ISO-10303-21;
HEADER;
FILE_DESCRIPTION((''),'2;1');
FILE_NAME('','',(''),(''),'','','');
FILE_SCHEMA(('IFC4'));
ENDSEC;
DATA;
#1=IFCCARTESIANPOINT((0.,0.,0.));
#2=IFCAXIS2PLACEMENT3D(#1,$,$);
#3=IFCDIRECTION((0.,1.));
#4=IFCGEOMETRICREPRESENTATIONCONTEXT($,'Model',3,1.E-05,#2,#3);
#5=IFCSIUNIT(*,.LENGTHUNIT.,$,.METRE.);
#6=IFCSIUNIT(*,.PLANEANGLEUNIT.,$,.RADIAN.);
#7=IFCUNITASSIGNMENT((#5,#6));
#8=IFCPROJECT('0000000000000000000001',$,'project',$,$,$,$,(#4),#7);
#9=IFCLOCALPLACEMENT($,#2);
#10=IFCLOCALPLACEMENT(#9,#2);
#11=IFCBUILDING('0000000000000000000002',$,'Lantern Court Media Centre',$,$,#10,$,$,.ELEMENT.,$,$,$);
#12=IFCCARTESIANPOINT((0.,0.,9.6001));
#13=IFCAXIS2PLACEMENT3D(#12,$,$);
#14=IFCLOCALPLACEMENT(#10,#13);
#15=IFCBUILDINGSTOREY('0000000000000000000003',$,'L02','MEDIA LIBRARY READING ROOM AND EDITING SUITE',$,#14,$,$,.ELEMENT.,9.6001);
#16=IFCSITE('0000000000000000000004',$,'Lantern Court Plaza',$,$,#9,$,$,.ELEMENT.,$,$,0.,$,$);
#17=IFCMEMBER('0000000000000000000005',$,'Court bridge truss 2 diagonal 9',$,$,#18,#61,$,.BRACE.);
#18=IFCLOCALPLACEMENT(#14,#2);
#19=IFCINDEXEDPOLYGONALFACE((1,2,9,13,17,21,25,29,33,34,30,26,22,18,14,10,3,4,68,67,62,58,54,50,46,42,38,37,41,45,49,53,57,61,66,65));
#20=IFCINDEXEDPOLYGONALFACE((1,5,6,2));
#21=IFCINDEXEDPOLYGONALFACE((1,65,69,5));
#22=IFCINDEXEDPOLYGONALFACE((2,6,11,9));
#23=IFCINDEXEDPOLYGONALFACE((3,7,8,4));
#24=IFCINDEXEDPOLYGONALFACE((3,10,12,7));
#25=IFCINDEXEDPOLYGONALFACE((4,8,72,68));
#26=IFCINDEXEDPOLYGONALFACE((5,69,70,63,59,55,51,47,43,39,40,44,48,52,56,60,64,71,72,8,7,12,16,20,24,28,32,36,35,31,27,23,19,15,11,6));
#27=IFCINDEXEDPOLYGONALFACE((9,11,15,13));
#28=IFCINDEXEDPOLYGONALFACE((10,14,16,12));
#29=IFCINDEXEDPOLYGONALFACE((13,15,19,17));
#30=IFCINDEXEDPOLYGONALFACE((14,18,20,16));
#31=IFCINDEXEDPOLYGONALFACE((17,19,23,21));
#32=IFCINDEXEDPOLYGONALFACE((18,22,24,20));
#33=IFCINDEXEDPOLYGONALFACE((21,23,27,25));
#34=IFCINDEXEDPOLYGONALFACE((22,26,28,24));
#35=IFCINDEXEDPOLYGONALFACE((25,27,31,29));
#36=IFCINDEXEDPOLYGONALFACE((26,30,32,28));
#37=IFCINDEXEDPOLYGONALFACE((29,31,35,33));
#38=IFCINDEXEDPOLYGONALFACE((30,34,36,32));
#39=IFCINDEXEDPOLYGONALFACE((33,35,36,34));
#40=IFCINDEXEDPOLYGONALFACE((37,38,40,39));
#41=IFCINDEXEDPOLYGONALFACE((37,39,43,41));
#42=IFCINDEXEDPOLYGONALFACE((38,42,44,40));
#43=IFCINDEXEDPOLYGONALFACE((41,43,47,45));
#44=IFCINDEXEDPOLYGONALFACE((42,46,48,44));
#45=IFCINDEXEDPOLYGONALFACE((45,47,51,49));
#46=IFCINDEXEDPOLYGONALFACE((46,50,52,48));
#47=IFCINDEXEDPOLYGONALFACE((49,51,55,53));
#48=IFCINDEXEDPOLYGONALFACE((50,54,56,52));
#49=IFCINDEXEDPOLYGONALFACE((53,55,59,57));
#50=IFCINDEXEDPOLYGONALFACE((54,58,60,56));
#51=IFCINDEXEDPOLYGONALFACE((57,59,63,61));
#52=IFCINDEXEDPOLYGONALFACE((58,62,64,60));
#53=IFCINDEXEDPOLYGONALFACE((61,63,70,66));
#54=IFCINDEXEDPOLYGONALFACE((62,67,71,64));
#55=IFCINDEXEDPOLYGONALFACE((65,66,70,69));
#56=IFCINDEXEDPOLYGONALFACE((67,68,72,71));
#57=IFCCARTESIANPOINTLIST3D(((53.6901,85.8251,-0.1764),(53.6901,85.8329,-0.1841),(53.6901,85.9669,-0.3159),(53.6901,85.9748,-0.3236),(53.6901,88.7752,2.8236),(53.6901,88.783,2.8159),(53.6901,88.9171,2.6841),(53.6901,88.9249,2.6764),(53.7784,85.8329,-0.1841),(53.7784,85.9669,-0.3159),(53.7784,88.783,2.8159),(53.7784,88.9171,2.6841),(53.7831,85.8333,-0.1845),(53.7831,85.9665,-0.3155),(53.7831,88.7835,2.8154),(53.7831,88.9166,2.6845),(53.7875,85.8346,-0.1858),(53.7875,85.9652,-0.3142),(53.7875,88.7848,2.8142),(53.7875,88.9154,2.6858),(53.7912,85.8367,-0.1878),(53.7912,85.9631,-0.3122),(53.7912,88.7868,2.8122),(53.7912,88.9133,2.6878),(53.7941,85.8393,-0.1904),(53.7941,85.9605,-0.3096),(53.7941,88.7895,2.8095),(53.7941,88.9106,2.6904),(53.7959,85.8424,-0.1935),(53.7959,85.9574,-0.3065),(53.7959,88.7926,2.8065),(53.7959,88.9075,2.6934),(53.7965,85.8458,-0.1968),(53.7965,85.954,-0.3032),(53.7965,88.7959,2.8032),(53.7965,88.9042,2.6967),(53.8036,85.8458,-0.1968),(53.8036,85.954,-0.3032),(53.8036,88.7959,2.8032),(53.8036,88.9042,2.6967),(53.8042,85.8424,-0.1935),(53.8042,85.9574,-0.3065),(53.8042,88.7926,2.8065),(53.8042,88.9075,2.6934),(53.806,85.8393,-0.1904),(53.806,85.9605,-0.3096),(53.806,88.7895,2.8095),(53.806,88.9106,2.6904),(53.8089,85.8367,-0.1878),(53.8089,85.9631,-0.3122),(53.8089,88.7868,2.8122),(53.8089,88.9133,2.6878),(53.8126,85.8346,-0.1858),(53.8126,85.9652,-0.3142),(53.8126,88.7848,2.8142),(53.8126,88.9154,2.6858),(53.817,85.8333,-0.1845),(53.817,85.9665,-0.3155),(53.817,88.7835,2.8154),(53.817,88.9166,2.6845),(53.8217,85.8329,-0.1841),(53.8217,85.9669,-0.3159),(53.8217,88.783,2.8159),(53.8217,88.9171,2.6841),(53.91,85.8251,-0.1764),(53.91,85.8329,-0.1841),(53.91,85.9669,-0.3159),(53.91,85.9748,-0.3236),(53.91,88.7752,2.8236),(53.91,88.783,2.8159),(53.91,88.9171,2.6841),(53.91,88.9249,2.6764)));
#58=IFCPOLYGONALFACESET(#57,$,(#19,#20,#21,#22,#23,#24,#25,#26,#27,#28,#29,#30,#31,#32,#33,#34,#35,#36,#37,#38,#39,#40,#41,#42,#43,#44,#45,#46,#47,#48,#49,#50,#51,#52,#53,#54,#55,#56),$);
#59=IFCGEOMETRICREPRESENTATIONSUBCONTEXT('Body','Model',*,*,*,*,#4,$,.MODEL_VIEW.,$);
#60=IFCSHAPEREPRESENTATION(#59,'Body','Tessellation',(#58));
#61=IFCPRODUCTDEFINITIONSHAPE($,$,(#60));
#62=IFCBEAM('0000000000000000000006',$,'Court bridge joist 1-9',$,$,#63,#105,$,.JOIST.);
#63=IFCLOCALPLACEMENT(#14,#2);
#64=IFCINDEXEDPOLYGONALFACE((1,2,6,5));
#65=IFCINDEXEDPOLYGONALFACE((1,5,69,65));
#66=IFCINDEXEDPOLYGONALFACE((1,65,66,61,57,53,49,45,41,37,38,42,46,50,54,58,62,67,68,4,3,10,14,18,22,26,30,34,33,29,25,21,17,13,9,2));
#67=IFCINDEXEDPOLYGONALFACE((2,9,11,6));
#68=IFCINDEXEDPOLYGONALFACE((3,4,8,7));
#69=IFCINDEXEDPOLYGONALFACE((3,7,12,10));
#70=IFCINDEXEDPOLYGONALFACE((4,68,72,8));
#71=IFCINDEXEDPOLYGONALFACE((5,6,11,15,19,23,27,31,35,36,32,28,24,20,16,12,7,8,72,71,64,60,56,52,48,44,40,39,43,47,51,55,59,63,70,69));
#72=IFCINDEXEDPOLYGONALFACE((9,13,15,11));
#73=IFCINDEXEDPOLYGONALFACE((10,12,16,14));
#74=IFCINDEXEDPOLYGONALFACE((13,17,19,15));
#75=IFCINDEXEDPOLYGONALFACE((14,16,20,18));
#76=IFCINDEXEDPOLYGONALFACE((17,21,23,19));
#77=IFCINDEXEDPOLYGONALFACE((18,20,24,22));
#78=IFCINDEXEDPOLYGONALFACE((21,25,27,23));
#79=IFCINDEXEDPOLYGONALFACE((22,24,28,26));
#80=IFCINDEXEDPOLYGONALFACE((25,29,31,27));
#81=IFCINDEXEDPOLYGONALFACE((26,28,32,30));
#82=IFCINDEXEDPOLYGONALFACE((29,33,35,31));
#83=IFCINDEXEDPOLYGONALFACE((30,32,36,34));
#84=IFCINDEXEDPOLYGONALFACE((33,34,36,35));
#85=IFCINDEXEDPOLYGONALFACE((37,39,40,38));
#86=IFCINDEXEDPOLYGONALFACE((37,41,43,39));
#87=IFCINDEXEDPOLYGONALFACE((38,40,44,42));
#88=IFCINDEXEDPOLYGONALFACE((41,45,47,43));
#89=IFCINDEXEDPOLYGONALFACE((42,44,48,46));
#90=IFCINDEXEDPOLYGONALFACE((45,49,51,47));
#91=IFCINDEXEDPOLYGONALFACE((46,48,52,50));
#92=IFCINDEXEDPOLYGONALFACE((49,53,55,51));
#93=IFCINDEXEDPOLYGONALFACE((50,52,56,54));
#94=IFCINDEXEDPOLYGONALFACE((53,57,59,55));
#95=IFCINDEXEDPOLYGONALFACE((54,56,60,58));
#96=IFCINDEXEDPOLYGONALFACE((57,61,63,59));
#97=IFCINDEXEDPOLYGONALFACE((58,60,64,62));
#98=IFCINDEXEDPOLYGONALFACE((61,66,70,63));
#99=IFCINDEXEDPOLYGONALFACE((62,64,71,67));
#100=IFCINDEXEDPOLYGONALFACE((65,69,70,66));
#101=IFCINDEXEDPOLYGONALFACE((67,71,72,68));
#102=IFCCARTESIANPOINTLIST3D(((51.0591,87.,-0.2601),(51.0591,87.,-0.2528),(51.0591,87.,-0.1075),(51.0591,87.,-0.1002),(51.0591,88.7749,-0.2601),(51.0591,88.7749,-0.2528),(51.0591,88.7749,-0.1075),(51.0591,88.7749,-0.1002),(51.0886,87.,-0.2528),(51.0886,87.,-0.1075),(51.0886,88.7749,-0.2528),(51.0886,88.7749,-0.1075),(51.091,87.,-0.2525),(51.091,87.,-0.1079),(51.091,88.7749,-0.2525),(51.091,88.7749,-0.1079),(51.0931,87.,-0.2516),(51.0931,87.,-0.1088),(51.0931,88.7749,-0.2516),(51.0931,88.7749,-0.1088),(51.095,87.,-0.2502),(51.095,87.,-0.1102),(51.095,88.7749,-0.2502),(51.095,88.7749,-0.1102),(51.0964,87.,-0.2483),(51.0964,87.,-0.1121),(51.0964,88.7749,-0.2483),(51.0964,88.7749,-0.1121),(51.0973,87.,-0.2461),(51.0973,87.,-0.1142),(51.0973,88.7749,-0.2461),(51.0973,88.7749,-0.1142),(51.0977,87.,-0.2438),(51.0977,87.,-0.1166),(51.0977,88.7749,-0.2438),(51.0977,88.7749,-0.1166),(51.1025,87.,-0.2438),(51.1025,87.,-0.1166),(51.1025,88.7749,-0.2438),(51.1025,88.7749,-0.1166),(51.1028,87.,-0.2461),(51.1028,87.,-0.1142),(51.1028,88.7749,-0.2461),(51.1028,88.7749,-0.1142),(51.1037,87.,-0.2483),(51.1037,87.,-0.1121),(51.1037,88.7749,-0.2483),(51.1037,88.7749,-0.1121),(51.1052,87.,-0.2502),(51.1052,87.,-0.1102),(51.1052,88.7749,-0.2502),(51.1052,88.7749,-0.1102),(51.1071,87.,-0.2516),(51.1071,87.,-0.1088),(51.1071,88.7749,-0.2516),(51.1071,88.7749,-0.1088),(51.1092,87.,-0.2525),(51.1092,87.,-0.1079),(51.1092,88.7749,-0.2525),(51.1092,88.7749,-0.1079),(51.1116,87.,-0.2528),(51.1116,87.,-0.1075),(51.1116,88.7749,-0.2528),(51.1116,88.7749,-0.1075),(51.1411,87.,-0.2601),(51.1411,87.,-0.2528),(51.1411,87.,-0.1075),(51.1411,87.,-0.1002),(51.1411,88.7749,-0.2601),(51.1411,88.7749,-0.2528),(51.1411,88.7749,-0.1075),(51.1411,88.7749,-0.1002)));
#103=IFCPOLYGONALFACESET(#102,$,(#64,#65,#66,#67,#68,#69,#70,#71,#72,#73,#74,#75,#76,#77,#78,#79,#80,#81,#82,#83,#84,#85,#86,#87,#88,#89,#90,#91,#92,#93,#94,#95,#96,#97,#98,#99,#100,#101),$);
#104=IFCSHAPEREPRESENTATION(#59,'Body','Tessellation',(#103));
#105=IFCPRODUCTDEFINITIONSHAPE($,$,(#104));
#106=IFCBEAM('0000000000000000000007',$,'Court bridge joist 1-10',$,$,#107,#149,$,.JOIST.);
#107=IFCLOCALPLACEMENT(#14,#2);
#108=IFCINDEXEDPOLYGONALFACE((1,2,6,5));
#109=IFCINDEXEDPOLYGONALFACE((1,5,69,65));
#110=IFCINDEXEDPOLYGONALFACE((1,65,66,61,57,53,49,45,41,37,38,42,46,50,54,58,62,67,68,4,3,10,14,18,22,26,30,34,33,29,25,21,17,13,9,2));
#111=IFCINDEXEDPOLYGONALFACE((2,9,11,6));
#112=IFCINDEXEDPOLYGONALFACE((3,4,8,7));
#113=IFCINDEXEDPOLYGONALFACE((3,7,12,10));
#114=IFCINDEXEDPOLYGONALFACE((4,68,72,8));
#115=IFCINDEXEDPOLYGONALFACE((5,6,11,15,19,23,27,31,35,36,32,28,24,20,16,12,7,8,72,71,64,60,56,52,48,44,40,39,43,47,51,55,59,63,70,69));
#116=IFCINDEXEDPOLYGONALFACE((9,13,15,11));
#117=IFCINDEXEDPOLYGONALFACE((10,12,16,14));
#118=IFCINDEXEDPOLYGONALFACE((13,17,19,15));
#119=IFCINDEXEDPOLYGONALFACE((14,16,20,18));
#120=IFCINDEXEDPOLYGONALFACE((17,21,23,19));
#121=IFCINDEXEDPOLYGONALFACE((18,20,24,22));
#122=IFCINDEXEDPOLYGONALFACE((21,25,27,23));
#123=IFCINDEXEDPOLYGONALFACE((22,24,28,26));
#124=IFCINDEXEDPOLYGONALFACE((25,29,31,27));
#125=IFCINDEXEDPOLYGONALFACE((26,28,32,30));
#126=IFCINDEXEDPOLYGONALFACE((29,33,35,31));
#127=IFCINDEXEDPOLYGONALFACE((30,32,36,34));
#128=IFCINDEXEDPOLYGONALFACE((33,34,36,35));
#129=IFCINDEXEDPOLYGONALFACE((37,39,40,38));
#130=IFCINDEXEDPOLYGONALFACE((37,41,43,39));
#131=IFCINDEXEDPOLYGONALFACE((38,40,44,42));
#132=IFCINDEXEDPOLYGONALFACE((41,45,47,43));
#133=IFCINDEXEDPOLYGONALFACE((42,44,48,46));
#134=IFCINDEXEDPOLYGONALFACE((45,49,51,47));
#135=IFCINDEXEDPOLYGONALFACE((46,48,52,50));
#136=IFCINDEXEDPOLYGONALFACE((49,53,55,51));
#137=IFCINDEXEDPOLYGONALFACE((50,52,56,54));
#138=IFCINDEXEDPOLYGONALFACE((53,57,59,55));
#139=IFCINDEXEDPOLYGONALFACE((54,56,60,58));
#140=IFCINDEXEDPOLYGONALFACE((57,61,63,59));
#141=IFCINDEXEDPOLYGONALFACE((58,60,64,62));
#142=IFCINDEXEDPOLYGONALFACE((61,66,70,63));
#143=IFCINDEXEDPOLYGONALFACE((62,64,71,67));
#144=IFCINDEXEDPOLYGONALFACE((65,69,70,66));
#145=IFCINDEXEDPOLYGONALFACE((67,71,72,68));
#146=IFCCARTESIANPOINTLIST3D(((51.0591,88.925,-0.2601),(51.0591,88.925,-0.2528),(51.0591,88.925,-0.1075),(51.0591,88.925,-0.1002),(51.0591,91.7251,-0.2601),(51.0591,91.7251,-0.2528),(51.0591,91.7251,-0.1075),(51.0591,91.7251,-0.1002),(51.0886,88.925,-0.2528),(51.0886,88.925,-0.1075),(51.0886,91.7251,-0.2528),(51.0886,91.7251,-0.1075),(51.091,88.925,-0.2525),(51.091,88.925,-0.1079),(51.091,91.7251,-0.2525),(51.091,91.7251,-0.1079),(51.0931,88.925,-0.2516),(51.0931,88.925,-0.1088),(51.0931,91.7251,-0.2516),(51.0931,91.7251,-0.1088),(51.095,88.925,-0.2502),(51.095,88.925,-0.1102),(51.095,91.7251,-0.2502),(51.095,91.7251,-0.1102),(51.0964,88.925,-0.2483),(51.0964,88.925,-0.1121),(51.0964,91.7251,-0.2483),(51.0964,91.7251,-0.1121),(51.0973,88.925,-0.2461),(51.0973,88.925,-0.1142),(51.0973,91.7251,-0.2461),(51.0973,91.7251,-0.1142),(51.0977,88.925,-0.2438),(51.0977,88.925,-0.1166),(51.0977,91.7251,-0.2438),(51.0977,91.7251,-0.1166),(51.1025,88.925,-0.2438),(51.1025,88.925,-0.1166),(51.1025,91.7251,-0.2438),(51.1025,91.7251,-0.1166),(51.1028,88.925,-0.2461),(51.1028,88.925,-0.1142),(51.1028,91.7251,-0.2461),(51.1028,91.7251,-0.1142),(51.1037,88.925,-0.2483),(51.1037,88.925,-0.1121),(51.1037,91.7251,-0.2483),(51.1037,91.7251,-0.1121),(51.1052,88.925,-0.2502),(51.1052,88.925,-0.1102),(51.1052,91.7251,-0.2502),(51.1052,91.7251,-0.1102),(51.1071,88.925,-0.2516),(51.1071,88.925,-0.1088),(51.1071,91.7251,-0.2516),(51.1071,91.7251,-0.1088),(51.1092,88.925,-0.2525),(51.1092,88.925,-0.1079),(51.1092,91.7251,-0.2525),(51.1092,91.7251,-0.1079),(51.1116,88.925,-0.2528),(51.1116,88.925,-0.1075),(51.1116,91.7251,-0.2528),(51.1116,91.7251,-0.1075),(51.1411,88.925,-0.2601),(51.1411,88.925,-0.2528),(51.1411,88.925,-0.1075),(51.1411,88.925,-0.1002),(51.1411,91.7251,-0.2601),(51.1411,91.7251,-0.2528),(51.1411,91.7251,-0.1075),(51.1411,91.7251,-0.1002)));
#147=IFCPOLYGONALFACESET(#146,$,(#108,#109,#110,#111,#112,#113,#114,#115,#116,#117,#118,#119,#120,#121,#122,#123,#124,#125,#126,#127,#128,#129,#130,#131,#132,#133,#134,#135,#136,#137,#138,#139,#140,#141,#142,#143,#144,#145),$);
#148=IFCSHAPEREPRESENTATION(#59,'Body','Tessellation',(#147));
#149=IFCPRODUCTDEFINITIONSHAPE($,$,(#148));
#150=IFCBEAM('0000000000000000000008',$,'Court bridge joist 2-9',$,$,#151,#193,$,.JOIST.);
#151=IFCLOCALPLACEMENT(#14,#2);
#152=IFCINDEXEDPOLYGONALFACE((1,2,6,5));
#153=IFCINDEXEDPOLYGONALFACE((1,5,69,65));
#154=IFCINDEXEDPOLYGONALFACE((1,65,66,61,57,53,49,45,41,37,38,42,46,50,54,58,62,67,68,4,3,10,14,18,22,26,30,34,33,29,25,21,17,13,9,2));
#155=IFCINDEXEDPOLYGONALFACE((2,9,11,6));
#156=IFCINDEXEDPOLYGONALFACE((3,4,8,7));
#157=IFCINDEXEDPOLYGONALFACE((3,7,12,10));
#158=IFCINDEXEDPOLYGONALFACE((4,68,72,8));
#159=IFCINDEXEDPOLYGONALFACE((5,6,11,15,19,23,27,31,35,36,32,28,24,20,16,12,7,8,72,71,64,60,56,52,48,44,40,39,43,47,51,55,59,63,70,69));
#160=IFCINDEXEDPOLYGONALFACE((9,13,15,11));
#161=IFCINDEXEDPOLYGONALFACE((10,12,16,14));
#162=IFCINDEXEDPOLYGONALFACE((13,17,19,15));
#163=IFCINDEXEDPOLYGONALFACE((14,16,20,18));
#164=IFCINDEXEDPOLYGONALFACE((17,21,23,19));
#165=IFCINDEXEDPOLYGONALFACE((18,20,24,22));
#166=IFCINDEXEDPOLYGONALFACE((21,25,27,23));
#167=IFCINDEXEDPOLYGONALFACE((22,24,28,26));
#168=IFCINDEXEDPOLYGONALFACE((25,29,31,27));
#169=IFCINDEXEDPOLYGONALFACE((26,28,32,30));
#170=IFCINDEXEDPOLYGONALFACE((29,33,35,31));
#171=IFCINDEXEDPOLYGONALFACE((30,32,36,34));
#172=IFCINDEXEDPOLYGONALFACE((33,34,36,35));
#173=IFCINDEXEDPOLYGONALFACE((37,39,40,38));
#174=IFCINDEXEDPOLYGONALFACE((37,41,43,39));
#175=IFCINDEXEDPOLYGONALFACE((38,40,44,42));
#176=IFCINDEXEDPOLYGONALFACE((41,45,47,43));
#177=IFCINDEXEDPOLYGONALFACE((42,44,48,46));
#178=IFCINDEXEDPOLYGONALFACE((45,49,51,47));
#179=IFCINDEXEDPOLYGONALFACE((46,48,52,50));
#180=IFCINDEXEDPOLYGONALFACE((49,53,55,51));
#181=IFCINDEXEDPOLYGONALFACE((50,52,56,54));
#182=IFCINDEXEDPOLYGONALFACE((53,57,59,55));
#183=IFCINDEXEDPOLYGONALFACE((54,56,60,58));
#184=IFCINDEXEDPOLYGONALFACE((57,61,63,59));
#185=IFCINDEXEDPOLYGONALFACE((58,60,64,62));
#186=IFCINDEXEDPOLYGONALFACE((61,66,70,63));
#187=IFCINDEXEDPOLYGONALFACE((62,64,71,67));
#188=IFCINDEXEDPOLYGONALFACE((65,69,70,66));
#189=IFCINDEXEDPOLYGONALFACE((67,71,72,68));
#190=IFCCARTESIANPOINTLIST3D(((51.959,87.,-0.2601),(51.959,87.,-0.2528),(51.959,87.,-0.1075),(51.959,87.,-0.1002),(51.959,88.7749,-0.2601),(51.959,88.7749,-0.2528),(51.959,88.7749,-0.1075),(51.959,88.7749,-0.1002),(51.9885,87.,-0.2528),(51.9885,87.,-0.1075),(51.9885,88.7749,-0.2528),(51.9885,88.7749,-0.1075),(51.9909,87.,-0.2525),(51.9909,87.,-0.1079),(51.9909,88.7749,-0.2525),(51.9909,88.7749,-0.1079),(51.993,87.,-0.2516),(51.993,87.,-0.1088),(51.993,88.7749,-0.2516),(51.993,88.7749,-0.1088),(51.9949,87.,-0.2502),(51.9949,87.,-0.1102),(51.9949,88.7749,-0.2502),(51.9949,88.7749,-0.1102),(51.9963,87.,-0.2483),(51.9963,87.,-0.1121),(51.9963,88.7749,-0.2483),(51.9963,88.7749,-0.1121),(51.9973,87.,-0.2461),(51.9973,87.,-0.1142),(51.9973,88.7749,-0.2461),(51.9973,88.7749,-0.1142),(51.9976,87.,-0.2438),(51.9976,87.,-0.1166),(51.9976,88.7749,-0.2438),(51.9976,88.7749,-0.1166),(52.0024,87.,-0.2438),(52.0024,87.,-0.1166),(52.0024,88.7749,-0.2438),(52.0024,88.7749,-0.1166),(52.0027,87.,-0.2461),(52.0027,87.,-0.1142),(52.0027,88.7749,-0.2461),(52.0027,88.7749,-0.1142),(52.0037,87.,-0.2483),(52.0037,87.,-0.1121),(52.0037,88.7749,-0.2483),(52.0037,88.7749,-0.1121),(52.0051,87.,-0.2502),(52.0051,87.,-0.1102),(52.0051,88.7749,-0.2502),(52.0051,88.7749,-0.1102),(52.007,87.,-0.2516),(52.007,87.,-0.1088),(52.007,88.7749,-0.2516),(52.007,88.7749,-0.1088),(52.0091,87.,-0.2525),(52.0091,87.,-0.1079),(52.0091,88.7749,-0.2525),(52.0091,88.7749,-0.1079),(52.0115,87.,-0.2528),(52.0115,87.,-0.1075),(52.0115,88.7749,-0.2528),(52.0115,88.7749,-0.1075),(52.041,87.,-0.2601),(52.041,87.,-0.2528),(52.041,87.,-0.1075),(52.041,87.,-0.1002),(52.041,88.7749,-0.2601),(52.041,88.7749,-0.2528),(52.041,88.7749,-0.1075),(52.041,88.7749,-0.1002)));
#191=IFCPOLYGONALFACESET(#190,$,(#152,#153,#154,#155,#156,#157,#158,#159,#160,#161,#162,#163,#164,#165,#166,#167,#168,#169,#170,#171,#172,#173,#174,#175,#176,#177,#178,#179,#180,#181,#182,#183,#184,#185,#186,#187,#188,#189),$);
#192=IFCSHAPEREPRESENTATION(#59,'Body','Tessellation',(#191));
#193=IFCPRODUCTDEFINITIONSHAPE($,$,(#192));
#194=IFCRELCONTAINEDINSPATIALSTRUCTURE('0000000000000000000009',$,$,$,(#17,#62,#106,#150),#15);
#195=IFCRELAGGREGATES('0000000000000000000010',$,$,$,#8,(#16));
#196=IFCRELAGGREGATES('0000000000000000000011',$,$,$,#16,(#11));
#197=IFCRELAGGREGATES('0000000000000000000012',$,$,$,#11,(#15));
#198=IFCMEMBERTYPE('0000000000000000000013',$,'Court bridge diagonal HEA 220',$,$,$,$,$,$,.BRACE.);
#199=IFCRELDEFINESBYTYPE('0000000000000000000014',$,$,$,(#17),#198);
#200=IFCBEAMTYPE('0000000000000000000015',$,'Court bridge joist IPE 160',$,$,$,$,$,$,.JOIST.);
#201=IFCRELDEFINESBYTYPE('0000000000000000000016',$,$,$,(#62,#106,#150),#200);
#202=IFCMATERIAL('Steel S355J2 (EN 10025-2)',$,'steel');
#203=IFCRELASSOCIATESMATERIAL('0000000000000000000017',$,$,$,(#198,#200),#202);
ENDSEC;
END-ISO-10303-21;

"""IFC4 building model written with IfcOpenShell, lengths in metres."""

from ifc_helpers import new_model, si_unit, direction, frame, origin, origin_2d, place, context, subcontext, project, spatial, i_section, extrude, material, material_profile, profile_set, type_object, element, save


model = new_model("IFC4")

# Units and contexts
model_context = context("Model", 3, precision=1e-05, world=origin(), true_north=direction((0.0, 1.0)))
body_context = subcontext(model_context, "Body", "Model", "MODEL_VIEW")
ifc_project = project(units=[si_unit("LENGTHUNIT", "METRE"), si_unit("PLANEANGLEUNIT", "RADIAN")], contexts=[model_context])

# Site, building, storey
site_placement = place(None, origin())
site = spatial("IfcSite", under=ifc_project, at=site_placement, Name="Lantern Court Plaza", CompositionType="ELEMENT", RefElevation=0.0)
building_placement = place(site_placement, origin())
building = spatial("IfcBuilding", under=site, at=building_placement, Name="Lantern Court Media Centre", CompositionType="ELEMENT")
storey_placement = place(building_placement, frame((0.0, 0.0, 9.6001)))
storey = spatial("IfcBuildingStorey", under=building, at=storey_placement, Name="L02", Description="MEDIA LIBRARY READING ROOM AND EDITING SUITE", CompositionType="ELEMENT", Elevation=9.6001)

# Member
ifc_material_1 = material(Name="Steel S355J2 (EN 10025-2)", Category="steel")
ifc_material_profile_1 = material_profile(ifc_material_1, i_section(OverallWidth=0.22, OverallDepth=0.21, WebThickness=0.0071, FlangeThickness=0.011, FilletRadius=0.0181, at=origin_2d()), Name="HEA 220")
ifc_profile_set_1 = profile_set([ifc_material_profile_1], Name="Steel S355J2 (EN 10025-2)")
member_type_1 = type_object("IfcMemberType", Name="Court bridge diagonal HEA 220", PredefinedType="BRACE", material=ifc_profile_set_1)
member_1_placement = place(storey_placement, frame((53.8, 85.8999, -0.25), z_axis=(0.0, 0.701164, 0.713), x_axis=(-1.0, 0.0, 0.0)))
element("IfcMember", 1, at=member_1_placement, inside=storey, type_object=member_type_1, Name="Court bridge truss 2 diagonal 9", PredefinedType="BRACE", context=body_context, shape_type="SweptSolid", body=[
    extrude(i_section(OverallWidth=0.22, OverallDepth=0.21, WebThickness=0.0071, FlangeThickness=0.011, FilletRadius=0.0181, at=origin_2d()), origin(), (0.0, 0.0, 1.0), 4.2075),
])

# Beams
ifc_material_profile_2 = material_profile(ifc_material_1, i_section(OverallWidth=0.082, OverallDepth=0.1599, WebThickness=0.0049, FlangeThickness=0.0073, FilletRadius=0.009, at=origin_2d()), Name="IPE 160")
ifc_profile_set_2 = profile_set([ifc_material_profile_2], Name="Steel S355J2 (EN 10025-2)")
beam_type_1 = type_object("IfcBeamType", Name="Court bridge joist IPE 160", PredefinedType="JOIST", material=ifc_profile_set_2)
beam_1_placement = place(storey_placement, frame((51.1001, 87.0, -0.1802), z_axis=(0.0, 1.0, 0.0), x_axis=(-1.0, 0.0, 0.0)))
element("IfcBeam", 2, at=beam_1_placement, inside=storey, type_object=beam_type_1, Name="Court bridge joist 1-9", PredefinedType="JOIST", context=body_context, shape_type="SweptSolid", body=[
    extrude(i_section(OverallWidth=0.082, OverallDepth=0.1599, WebThickness=0.0049, FlangeThickness=0.0073, FilletRadius=0.009, at=origin_2d()), origin(), (0.0, 0.0, 1.0), 1.7749),
])
beam_2_placement = place(storey_placement, frame((51.1001, 88.925, -0.1802), z_axis=(0.0, 1.0, 0.0), x_axis=(-1.0, 0.0, 0.0)))
element("IfcBeam", 3, at=beam_2_placement, inside=storey, type_object=beam_type_1, Name="Court bridge joist 1-10", PredefinedType="JOIST", context=body_context, shape_type="SweptSolid", body=[
    extrude(i_section(OverallWidth=0.082, OverallDepth=0.1599, WebThickness=0.0049, FlangeThickness=0.0073, FilletRadius=0.009, at=origin_2d()), origin(), (0.0, 0.0, 1.0), 2.8),
])
beam_3_placement = place(storey_placement, frame((52.0, 87.0, -0.1802), z_axis=(0.0, 1.0, 0.0), x_axis=(-1.0, 0.0, 0.0)))
element("IfcBeam", 4, at=beam_3_placement, inside=storey, type_object=beam_type_1, Name="Court bridge joist 2-9", PredefinedType="JOIST", context=body_context, shape_type="SweptSolid", body=[
    extrude(i_section(OverallWidth=0.082, OverallDepth=0.1599, WebThickness=0.0049, FlangeThickness=0.0073, FilletRadius=0.009, at=origin_2d()), origin(), (0.0, 0.0, 1.0), 1.7749),
])

save(model, "model.ifc")
